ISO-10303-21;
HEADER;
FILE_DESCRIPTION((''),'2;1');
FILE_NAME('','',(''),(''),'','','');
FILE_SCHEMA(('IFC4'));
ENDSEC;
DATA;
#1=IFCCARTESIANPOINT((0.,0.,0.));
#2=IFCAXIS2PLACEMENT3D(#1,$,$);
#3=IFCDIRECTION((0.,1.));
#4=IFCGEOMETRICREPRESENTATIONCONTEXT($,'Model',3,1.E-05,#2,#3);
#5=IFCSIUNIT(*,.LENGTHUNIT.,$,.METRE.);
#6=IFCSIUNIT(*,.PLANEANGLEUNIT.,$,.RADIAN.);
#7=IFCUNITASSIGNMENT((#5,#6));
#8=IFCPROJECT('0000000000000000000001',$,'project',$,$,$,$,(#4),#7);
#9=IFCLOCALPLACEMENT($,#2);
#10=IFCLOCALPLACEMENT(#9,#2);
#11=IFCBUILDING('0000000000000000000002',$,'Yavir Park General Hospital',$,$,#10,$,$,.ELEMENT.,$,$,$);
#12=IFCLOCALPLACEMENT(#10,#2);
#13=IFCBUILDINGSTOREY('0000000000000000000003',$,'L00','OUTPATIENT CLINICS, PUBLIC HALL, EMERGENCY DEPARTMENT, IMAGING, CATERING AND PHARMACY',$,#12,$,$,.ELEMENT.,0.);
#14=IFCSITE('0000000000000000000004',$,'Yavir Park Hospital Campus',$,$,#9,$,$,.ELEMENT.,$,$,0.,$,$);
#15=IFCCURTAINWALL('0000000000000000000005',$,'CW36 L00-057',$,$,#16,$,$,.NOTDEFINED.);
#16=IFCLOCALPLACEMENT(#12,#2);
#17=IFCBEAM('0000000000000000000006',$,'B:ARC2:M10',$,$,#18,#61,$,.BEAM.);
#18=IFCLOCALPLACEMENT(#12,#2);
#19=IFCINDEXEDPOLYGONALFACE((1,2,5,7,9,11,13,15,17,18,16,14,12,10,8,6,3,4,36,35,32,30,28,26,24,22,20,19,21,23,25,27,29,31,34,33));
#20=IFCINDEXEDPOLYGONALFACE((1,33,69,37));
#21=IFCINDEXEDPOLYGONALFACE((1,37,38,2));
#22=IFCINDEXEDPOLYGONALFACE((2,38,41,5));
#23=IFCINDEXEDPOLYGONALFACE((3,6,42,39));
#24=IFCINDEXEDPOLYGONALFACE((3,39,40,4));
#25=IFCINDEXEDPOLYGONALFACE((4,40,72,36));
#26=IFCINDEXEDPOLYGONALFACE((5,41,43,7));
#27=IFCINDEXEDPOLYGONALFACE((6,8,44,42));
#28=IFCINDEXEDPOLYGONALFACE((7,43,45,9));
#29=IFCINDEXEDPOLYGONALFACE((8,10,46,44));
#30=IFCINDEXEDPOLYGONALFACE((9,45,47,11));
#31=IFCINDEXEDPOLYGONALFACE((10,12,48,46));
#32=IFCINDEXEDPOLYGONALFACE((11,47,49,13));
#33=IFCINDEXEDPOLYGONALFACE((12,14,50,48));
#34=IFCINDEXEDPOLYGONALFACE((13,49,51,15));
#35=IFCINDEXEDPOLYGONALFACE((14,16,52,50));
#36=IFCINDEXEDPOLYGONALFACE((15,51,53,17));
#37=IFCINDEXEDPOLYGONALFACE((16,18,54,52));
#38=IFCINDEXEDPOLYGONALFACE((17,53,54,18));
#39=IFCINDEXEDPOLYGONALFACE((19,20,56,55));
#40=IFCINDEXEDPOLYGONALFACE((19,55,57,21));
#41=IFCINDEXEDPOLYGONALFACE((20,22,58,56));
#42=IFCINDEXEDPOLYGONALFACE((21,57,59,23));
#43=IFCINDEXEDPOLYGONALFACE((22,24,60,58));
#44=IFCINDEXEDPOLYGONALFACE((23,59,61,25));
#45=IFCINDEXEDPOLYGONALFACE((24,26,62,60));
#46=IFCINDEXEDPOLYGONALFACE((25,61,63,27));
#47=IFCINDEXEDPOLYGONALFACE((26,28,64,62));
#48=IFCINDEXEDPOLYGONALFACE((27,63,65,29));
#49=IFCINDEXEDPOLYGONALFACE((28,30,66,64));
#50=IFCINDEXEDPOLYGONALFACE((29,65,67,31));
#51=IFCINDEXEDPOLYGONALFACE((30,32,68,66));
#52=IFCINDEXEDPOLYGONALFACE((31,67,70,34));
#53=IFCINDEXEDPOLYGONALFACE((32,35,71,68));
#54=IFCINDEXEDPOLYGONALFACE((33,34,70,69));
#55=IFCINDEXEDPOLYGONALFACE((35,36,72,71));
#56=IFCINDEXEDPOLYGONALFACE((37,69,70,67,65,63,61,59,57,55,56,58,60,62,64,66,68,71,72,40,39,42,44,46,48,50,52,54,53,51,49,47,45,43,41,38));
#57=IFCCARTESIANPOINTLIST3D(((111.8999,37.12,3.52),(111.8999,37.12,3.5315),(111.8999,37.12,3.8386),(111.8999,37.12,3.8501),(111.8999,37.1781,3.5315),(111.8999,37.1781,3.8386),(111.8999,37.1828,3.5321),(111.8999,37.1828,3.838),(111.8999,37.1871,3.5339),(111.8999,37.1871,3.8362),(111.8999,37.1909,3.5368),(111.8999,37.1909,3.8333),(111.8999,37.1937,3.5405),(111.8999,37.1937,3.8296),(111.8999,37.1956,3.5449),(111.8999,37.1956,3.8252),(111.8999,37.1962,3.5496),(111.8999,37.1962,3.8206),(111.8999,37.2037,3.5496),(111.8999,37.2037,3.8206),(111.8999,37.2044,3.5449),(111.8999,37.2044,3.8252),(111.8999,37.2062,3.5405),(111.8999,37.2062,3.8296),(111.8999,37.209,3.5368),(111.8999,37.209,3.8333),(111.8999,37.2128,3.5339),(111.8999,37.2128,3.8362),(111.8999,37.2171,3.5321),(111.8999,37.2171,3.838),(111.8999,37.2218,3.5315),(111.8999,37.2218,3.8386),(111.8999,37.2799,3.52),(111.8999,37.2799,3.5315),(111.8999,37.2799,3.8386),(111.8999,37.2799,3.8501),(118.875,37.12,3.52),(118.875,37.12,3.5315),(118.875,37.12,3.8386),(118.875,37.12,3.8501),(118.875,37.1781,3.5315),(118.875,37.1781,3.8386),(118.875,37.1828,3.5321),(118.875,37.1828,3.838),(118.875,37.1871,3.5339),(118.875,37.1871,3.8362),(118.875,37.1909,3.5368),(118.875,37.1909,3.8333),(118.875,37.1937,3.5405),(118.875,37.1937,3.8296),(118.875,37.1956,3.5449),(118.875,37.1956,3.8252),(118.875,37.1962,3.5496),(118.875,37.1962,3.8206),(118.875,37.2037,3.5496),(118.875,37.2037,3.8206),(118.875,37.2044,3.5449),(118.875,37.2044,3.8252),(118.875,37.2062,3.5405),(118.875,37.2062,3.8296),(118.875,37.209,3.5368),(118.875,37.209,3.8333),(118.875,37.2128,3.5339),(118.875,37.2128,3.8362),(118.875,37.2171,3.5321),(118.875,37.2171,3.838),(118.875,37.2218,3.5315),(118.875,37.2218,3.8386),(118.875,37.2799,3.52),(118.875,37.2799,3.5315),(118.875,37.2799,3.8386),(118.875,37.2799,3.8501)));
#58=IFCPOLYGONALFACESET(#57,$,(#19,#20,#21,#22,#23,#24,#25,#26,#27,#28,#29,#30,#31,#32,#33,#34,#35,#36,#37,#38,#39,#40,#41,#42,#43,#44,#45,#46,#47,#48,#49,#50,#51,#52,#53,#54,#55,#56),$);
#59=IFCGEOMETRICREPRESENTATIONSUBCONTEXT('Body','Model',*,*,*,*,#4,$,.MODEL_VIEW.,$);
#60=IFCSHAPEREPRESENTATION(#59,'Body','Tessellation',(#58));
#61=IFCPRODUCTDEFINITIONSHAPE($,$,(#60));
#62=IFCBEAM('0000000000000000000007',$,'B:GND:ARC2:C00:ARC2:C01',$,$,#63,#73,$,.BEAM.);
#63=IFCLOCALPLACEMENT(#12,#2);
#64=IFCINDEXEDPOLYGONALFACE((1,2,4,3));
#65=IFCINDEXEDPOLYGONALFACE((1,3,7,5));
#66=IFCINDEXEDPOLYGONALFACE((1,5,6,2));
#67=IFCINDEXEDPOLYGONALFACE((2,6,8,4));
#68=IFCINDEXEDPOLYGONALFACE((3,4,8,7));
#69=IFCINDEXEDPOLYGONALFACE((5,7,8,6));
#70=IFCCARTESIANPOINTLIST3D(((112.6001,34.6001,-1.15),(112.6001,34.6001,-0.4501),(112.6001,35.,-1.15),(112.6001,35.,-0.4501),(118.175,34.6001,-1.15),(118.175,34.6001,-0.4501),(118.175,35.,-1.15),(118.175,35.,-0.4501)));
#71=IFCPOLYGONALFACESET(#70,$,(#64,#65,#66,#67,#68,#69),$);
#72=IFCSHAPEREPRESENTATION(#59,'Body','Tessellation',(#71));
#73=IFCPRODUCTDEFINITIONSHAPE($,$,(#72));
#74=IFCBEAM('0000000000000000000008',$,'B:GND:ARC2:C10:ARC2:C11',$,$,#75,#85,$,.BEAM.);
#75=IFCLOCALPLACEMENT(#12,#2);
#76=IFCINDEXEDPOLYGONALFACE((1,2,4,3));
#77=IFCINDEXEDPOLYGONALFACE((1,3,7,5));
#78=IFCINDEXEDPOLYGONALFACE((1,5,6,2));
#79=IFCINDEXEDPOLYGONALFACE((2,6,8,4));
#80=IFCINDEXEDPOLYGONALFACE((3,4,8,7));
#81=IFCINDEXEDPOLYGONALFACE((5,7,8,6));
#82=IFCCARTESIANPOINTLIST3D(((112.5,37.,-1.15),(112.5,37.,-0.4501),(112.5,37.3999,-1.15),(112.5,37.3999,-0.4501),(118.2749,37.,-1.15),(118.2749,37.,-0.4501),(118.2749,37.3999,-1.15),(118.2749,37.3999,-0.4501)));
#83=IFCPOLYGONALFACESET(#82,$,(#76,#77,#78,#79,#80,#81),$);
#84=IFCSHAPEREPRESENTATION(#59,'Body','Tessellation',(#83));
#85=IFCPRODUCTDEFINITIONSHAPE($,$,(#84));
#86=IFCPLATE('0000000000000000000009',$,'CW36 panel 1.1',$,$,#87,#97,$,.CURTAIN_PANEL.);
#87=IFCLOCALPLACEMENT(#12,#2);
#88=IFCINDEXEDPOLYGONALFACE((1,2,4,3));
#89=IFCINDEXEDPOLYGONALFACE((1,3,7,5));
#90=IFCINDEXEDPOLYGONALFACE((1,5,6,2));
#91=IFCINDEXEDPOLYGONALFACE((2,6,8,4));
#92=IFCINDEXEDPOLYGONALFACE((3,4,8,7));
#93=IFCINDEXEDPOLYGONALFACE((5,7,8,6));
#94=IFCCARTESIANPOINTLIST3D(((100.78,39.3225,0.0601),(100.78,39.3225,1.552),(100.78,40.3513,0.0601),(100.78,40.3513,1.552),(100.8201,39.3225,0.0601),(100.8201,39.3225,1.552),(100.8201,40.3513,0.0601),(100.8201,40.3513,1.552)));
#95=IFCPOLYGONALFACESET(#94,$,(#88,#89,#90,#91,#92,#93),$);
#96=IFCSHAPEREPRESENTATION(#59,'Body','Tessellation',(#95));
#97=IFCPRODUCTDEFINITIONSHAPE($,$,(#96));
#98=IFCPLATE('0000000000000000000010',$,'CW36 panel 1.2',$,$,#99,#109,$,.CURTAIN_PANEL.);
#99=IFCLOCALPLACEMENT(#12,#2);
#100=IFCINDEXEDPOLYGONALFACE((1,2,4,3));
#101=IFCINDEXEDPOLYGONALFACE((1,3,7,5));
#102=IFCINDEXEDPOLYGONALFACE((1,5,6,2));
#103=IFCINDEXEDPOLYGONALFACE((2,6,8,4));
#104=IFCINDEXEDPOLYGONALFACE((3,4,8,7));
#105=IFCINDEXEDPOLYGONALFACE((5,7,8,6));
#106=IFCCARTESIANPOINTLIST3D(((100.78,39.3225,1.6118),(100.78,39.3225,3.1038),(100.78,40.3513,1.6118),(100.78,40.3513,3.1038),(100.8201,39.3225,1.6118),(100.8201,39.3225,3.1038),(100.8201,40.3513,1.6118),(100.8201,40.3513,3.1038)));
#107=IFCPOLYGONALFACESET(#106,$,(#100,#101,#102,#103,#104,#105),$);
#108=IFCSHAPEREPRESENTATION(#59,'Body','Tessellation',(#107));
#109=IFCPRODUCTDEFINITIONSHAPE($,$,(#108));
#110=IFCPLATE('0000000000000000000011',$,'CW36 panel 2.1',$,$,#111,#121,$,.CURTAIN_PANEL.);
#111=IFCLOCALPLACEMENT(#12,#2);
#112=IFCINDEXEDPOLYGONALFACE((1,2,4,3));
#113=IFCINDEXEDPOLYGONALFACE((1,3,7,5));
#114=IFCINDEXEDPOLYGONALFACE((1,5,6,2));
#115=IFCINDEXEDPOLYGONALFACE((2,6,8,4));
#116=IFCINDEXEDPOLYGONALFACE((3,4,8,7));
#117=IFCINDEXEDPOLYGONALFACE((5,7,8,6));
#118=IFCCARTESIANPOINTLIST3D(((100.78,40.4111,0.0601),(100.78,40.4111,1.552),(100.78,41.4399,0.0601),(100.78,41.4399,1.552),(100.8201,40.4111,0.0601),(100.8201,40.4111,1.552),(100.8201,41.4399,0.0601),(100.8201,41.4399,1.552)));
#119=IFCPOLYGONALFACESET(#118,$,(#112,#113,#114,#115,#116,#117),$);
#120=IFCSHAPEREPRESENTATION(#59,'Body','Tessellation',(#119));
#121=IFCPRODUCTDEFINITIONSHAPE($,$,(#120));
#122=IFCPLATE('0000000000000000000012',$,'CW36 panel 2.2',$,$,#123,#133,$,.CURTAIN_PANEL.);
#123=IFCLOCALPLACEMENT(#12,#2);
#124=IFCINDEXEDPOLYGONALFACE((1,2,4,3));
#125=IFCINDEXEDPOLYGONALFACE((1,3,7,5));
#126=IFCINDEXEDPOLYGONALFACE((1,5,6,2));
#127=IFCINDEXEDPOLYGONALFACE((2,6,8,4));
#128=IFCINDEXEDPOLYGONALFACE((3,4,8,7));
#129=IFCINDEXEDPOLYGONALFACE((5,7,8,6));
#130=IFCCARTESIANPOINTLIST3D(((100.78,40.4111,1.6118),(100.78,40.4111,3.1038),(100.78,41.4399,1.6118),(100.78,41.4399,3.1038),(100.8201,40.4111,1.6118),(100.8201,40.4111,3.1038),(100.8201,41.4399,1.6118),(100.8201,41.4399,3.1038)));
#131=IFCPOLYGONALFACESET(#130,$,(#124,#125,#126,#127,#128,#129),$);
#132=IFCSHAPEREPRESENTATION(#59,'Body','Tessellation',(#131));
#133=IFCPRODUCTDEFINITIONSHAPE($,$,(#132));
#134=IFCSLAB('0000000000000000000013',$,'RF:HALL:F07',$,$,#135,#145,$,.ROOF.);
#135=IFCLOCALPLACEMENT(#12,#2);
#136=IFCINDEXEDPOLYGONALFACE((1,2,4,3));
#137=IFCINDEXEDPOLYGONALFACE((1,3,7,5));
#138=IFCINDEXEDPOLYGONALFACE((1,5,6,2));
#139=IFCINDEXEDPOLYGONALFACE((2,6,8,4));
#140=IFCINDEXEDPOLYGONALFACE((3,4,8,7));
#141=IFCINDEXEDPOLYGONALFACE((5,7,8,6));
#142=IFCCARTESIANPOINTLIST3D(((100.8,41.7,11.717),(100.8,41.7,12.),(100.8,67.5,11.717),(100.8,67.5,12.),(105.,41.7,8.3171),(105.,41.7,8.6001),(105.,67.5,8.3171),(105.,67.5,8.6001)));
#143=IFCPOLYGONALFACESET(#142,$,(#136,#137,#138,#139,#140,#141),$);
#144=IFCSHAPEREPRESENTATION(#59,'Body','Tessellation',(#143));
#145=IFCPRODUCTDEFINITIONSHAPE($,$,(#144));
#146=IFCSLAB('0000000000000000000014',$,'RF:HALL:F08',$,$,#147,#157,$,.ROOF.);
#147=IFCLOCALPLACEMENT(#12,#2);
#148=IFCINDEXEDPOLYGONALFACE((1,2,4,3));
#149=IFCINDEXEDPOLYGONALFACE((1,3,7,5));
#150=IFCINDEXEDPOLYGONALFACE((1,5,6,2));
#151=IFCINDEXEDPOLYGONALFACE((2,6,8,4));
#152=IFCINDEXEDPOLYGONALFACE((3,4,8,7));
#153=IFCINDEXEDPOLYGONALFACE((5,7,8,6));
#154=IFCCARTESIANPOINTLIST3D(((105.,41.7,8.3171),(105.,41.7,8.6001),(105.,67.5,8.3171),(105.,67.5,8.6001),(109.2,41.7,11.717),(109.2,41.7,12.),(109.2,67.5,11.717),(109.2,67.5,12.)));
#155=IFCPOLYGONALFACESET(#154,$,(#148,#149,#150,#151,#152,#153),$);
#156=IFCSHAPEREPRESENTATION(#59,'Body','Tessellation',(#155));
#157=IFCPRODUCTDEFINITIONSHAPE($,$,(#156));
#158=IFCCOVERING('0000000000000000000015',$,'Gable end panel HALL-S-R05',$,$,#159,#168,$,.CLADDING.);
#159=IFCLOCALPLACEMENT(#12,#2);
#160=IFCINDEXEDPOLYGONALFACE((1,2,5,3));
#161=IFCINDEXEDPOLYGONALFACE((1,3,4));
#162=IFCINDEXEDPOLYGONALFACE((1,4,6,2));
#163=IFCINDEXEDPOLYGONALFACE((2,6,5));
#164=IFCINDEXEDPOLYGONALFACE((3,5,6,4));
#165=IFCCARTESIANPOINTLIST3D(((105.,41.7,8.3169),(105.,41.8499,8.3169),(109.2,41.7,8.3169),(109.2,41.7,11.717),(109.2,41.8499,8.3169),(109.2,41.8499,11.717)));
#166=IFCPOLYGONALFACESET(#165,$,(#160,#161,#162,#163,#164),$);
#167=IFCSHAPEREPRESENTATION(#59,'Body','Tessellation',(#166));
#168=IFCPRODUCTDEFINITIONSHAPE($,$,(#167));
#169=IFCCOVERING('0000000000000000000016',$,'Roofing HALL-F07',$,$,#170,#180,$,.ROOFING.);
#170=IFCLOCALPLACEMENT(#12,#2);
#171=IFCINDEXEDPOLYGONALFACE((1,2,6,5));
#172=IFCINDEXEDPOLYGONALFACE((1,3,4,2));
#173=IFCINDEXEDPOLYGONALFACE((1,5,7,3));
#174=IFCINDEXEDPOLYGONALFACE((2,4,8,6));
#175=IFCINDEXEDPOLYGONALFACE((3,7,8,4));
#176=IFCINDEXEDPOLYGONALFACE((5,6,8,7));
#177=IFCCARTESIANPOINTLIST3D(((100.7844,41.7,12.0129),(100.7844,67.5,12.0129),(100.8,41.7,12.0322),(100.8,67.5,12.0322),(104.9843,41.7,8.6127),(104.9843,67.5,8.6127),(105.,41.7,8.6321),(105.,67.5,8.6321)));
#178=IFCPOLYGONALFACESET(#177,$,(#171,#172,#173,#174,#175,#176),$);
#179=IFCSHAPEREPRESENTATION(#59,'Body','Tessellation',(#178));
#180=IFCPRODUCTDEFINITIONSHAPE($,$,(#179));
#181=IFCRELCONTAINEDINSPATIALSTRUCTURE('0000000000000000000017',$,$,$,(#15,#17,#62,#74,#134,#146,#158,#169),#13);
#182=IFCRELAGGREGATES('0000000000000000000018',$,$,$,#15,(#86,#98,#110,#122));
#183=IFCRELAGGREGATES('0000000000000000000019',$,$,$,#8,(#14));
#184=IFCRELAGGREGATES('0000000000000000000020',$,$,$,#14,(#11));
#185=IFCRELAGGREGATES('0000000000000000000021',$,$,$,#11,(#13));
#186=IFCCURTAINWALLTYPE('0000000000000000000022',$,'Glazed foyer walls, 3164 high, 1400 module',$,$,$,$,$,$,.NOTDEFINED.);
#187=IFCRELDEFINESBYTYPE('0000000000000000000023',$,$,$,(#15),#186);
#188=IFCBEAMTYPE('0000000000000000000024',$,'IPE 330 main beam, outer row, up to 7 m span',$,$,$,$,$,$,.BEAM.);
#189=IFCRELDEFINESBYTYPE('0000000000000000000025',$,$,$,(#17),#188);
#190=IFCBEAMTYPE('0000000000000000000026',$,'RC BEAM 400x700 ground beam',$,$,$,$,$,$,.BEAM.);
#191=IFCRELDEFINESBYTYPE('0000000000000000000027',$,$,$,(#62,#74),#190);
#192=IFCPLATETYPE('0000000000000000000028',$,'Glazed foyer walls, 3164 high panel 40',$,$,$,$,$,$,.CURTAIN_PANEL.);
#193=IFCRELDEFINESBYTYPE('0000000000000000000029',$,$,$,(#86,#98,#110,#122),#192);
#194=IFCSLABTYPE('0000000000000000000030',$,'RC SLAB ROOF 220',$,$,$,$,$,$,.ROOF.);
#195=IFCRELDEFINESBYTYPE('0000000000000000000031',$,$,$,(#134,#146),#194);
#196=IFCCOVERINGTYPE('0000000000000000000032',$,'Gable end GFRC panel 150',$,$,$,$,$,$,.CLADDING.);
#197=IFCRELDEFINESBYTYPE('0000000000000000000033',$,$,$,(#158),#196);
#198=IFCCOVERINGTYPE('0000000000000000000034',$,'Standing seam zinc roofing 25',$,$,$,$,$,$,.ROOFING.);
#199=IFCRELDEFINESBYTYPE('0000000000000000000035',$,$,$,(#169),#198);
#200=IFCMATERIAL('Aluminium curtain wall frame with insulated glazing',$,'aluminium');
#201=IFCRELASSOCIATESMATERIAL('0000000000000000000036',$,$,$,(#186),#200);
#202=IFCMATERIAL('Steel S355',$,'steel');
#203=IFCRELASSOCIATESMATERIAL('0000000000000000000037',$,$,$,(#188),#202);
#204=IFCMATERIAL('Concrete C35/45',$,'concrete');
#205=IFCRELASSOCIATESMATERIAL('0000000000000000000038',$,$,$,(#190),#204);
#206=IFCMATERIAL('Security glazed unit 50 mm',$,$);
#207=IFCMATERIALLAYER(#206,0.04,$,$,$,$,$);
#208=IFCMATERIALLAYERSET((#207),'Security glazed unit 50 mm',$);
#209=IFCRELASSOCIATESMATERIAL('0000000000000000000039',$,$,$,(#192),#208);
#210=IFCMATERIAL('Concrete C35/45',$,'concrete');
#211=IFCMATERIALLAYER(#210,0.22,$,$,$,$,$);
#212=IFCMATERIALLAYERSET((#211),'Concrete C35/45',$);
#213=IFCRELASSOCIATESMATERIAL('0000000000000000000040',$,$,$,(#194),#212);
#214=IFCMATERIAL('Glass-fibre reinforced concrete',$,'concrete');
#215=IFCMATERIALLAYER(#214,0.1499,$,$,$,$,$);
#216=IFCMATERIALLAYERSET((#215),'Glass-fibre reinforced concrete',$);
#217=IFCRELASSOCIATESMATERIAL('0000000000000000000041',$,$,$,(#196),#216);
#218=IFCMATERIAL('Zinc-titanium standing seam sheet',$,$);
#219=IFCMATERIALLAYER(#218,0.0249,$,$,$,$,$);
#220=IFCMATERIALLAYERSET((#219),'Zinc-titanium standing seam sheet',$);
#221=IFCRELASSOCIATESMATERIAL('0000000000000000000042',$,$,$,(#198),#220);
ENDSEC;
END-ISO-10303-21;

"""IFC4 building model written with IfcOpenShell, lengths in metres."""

from ifc_helpers import new_model, si_unit, direction, frame, origin, origin_2d, place, context, subcontext, project, spatial, polyline, rectangle, i_section, outline, extrude, material, layer, layer_set, material_profile, profile_set, type_object, element, aggregate, save


model = new_model("IFC4")

# Units and contexts
model_context = context("Model", 3, precision=1e-05, world=origin(), true_north=direction((0.0, 1.0)))
body_context = subcontext(model_context, "Body", "Model", "MODEL_VIEW")
ifc_project = project(units=[si_unit("LENGTHUNIT", "METRE"), si_unit("PLANEANGLEUNIT", "RADIAN")], contexts=[model_context])

# Site, building, storey
site_placement = place(None, origin())
site = spatial("IfcSite", under=ifc_project, at=site_placement, Name="Yavir Park Hospital Campus", CompositionType="ELEMENT", RefElevation=0.0)
building_placement = place(site_placement, origin())
building = spatial("IfcBuilding", under=site, at=building_placement, Name="Yavir Park General Hospital", CompositionType="ELEMENT")
storey_placement = place(building_placement, origin())
storey = spatial("IfcBuildingStorey", under=building, at=storey_placement, Name="L00", Description="OUTPATIENT CLINICS, PUBLIC HALL, EMERGENCY DEPARTMENT, IMAGING, CATERING AND PHARMACY", CompositionType="ELEMENT", Elevation=0.0)

# Shared definitions
ifc_material_1 = material(Name="Aluminium curtain wall frame with insulated glazing", Category="aluminium")
curtain_wall_type = type_object("IfcCurtainWallType", Name="Glazed foyer walls, 3164 high, 1400 module", PredefinedType="NOTDEFINED", material=ifc_material_1)

# Curtain wall
curtain_wall_1_placement = place(storey_placement, origin())
curtain_wall_1 = element("IfcCurtainWall", 1, at=curtain_wall_1_placement, inside=storey, type_object=curtain_wall_type, Name="CW36 L00-057", PredefinedType="NOTDEFINED")

# Beams
ifc_material_2 = material(Name="Steel S355", Category="steel")
ifc_material_profile_1 = material_profile(ifc_material_2, i_section(OverallWidth=0.1599, OverallDepth=0.3301, WebThickness=0.0076, FlangeThickness=0.0115, FilletRadius=0.0181, at=origin_2d()), Name="IPE330")
ifc_profile_set_1 = profile_set([ifc_material_profile_1], Name="Steel S355")
beam_type_1 = type_object("IfcBeamType", Name="IPE 330 main beam, outer row, up to 7 m span", PredefinedType="BEAM", material=ifc_profile_set_1)
beam_1_placement = place(storey_placement, frame((111.8999, 37.2, 3.6851), z_axis=(1.0, 0.0, 0.0), x_axis=(0.0, 1.0, 0.0)))
element("IfcBeam", 2, at=beam_1_placement, inside=storey, type_object=beam_type_1, Name="B:ARC2:M10", PredefinedType="BEAM", context=body_context, shape_type="SweptSolid", body=[
    extrude(i_section(OverallWidth=0.1599, OverallDepth=0.3301, WebThickness=0.0076, FlangeThickness=0.0115, FilletRadius=0.0181, at=origin_2d()), origin(), (0.0, 0.0, 1.0), 6.9751),
])
ifc_material_3 = material(Name="Concrete C35/45", Category="concrete")
ifc_material_profile_2 = material_profile(ifc_material_3, rectangle(XDim=0.3999, YDim=0.7, at=origin_2d()), Name="RC400x700")
ifc_profile_set_2 = profile_set([ifc_material_profile_2], Name="Concrete C35/45")
beam_type_2 = type_object("IfcBeamType", Name="RC BEAM 400x700 ground beam", PredefinedType="BEAM", material=ifc_profile_set_2)
beam_2_placement = place(storey_placement, frame((112.6001, 34.8, -0.8), z_axis=(1.0, 0.0, 0.0), x_axis=(0.0, 1.0, 0.0)))
element("IfcBeam", 3, at=beam_2_placement, inside=storey, type_object=beam_type_2, Name="B:GND:ARC2:C00:ARC2:C01", PredefinedType="BEAM", context=body_context, shape_type="SweptSolid", body=[
    extrude(rectangle(XDim=0.3999, YDim=0.7, at=origin_2d()), origin(), (0.0, 0.0, 1.0), 5.575),
])
beam_3_placement = place(storey_placement, frame((112.5, 37.2, -0.8), z_axis=(1.0, 0.0, 0.0), x_axis=(0.0, 1.0, 0.0)))
element("IfcBeam", 4, at=beam_3_placement, inside=storey, type_object=beam_type_2, Name="B:GND:ARC2:C10:ARC2:C11", PredefinedType="BEAM", context=body_context, shape_type="SweptSolid", body=[
    extrude(rectangle(XDim=0.3999, YDim=0.7, at=origin_2d()), origin(), (0.0, 0.0, 1.0), 5.7749),
])

# Plates
ifc_material_4 = material(Name="Security glazed unit 50 mm")
ifc_layer_1 = layer(ifc_material_4, 0.04)
ifc_layer_set_1 = layer_set([ifc_layer_1], Name="Security glazed unit 50 mm")
plate_type = type_object("IfcPlateType", Name="Glazed foyer walls, 3164 high panel 40", PredefinedType="CURTAIN_PANEL", material=ifc_layer_set_1)
plate_1_placement = place(storey_placement, frame((100.8, 39.8369, 0.0601), z_axis=(0.0, 0.0, 1.0), x_axis=(0.0, 1.0, 0.0)))
plate_1 = element("IfcPlate", 5, at=plate_1_placement, type_object=plate_type, Name="CW36 panel 1.1", PredefinedType="CURTAIN_PANEL", context=body_context, shape_type="SweptSolid", body=[
    extrude(rectangle(XDim=1.0288, YDim=0.04, at=origin_2d()), origin(), (0.0, 0.0, 1.0), 1.4919),
])
plate_2_placement = place(storey_placement, frame((100.8, 39.8369, 1.6118), z_axis=(0.0, 0.0, 1.0), x_axis=(0.0, 1.0, 0.0)))
plate_2 = element("IfcPlate", 6, at=plate_2_placement, type_object=plate_type, Name="CW36 panel 1.2", PredefinedType="CURTAIN_PANEL", context=body_context, shape_type="SweptSolid", body=[
    extrude(rectangle(XDim=1.0288, YDim=0.04, at=origin_2d()), origin(), (0.0, 0.0, 1.0), 1.4919),
])
plate_3_placement = place(storey_placement, frame((100.8, 40.9255, 0.0601), z_axis=(0.0, 0.0, 1.0), x_axis=(0.0, 1.0, 0.0)))
plate_3 = element("IfcPlate", 7, at=plate_3_placement, type_object=plate_type, Name="CW36 panel 2.1", PredefinedType="CURTAIN_PANEL", context=body_context, shape_type="SweptSolid", body=[
    extrude(rectangle(XDim=1.0288, YDim=0.04, at=origin_2d()), origin(), (0.0, 0.0, 1.0), 1.4919),
])
plate_4_placement = place(storey_placement, frame((100.8, 40.9255, 1.6118), z_axis=(0.0, 0.0, 1.0), x_axis=(0.0, 1.0, 0.0)))
plate_4 = element("IfcPlate", 8, at=plate_4_placement, type_object=plate_type, Name="CW36 panel 2.2", PredefinedType="CURTAIN_PANEL", context=body_context, shape_type="SweptSolid", body=[
    extrude(rectangle(XDim=1.0288, YDim=0.04, at=origin_2d()), origin(), (0.0, 0.0, 1.0), 1.4919),
])
aggregate(curtain_wall_1, [plate_1, plate_2, plate_3, plate_4])

# Slabs
ifc_material_5 = material(Name="Concrete C35/45", Category="concrete")
ifc_layer_2 = layer(ifc_material_5, 0.22)
ifc_layer_set_2 = layer_set([ifc_layer_2], Name="Concrete C35/45")
slab_type = type_object("IfcSlabType", Name="RC SLAB ROOF 220", PredefinedType="ROOF", material=ifc_layer_set_2)
slab_1_placement = place(storey_placement, frame((100.8, 41.7, 12.0), z_axis=(0.0, 0.0, 1.0), x_axis=(1.0, 0.0, 0.0)))
element("IfcSlab", 9, at=slab_1_placement, inside=storey, type_object=slab_type, Name="RF:HALL:F07", PredefinedType="ROOF", context=body_context, shape_type="SweptSolid", body=[
    extrude(outline(polyline([(0.0, 0.0), (4.2, -3.3999), (4.2, -3.6829), (0.0, -0.283), (0.0, 0.0)])), frame((0.0, 25.8, 0.0), z_axis=(0.0, -1.0, 0.0), x_axis=(1.0, 0.0, 0.0)), (0.0, 0.0, 1.0), 25.8),
])
slab_2_placement = place(storey_placement, frame((105.0, 41.7, 8.6001), z_axis=(0.0, 0.0, 1.0), x_axis=(1.0, 0.0, 0.0)))
element("IfcSlab", 10, at=slab_2_placement, inside=storey, type_object=slab_type, Name="RF:HALL:F08", PredefinedType="ROOF", context=body_context, shape_type="SweptSolid", body=[
    extrude(outline(polyline([(0.0, 0.0), (4.2, 3.3999), (4.2, 3.1169), (0.0, -0.283), (0.0, 0.0)])), frame((0.0, 25.8, 0.0), z_axis=(0.0, -1.0, 0.0), x_axis=(1.0, 0.0, 0.0)), (0.0, 0.0, 1.0), 25.8),
])

# Coverings
ifc_material_6 = material(Name="Glass-fibre reinforced concrete", Category="concrete")
ifc_layer_3 = layer(ifc_material_6, 0.1499)
ifc_layer_set_3 = layer_set([ifc_layer_3], Name="Glass-fibre reinforced concrete")
covering_type_1 = type_object("IfcCoveringType", Name="Gable end GFRC panel 150", PredefinedType="CLADDING", material=ifc_layer_set_3)
covering_placement = place(storey_placement, frame((105.0, 41.7, 8.3169), z_axis=(0.0, -1.0, 0.0), x_axis=(1.0, 0.0, 0.0)))
element("IfcCovering", 11, at=covering_placement, inside=storey, type_object=covering_type_1, Name="Gable end panel HALL-S-R05", PredefinedType="CLADDING", context=body_context, shape_type="SweptSolid", body=[
    extrude(outline(polyline([(0.0, 0.0), (4.2, 0.0), (4.2, 3.4001), (0.0, 0.0)])), origin(), (0.0, 0.0, -1.0), 0.1499),
])
ifc_material_7 = material(Name="Zinc-titanium standing seam sheet")
ifc_layer_4 = layer(ifc_material_7, 0.0249)
ifc_layer_set_4 = layer_set([ifc_layer_4], Name="Zinc-titanium standing seam sheet")
covering_type_2 = type_object("IfcCoveringType", Name="Standing seam zinc roofing 25", PredefinedType="ROOFING", material=ifc_layer_set_4)
for number, where, z_axis, x_axis, name in (
    (12, (100.8, 41.7, 12.0322), (0.629219, 0.0, 0.777228), (0.777228, 0.0, -0.629219), "Roofing HALL-F07"),
):
    element("IfcCovering", number, at=place(storey_placement, frame(where, z_axis=z_axis, x_axis=x_axis)), inside=storey, type_object=covering_type_2, Name=name, PredefinedType="ROOFING", context=body_context, shape_type="SweptSolid", body=[
        extrude(outline(polyline([(0.0, 0.0), (5.4038, 0.0), (5.4038, 25.8), (0.0, 25.8), (0.0, 0.0)])), origin(), (0.0, 0.0, -1.0), 0.0249),
    ])

save(model, "model.ifc")
